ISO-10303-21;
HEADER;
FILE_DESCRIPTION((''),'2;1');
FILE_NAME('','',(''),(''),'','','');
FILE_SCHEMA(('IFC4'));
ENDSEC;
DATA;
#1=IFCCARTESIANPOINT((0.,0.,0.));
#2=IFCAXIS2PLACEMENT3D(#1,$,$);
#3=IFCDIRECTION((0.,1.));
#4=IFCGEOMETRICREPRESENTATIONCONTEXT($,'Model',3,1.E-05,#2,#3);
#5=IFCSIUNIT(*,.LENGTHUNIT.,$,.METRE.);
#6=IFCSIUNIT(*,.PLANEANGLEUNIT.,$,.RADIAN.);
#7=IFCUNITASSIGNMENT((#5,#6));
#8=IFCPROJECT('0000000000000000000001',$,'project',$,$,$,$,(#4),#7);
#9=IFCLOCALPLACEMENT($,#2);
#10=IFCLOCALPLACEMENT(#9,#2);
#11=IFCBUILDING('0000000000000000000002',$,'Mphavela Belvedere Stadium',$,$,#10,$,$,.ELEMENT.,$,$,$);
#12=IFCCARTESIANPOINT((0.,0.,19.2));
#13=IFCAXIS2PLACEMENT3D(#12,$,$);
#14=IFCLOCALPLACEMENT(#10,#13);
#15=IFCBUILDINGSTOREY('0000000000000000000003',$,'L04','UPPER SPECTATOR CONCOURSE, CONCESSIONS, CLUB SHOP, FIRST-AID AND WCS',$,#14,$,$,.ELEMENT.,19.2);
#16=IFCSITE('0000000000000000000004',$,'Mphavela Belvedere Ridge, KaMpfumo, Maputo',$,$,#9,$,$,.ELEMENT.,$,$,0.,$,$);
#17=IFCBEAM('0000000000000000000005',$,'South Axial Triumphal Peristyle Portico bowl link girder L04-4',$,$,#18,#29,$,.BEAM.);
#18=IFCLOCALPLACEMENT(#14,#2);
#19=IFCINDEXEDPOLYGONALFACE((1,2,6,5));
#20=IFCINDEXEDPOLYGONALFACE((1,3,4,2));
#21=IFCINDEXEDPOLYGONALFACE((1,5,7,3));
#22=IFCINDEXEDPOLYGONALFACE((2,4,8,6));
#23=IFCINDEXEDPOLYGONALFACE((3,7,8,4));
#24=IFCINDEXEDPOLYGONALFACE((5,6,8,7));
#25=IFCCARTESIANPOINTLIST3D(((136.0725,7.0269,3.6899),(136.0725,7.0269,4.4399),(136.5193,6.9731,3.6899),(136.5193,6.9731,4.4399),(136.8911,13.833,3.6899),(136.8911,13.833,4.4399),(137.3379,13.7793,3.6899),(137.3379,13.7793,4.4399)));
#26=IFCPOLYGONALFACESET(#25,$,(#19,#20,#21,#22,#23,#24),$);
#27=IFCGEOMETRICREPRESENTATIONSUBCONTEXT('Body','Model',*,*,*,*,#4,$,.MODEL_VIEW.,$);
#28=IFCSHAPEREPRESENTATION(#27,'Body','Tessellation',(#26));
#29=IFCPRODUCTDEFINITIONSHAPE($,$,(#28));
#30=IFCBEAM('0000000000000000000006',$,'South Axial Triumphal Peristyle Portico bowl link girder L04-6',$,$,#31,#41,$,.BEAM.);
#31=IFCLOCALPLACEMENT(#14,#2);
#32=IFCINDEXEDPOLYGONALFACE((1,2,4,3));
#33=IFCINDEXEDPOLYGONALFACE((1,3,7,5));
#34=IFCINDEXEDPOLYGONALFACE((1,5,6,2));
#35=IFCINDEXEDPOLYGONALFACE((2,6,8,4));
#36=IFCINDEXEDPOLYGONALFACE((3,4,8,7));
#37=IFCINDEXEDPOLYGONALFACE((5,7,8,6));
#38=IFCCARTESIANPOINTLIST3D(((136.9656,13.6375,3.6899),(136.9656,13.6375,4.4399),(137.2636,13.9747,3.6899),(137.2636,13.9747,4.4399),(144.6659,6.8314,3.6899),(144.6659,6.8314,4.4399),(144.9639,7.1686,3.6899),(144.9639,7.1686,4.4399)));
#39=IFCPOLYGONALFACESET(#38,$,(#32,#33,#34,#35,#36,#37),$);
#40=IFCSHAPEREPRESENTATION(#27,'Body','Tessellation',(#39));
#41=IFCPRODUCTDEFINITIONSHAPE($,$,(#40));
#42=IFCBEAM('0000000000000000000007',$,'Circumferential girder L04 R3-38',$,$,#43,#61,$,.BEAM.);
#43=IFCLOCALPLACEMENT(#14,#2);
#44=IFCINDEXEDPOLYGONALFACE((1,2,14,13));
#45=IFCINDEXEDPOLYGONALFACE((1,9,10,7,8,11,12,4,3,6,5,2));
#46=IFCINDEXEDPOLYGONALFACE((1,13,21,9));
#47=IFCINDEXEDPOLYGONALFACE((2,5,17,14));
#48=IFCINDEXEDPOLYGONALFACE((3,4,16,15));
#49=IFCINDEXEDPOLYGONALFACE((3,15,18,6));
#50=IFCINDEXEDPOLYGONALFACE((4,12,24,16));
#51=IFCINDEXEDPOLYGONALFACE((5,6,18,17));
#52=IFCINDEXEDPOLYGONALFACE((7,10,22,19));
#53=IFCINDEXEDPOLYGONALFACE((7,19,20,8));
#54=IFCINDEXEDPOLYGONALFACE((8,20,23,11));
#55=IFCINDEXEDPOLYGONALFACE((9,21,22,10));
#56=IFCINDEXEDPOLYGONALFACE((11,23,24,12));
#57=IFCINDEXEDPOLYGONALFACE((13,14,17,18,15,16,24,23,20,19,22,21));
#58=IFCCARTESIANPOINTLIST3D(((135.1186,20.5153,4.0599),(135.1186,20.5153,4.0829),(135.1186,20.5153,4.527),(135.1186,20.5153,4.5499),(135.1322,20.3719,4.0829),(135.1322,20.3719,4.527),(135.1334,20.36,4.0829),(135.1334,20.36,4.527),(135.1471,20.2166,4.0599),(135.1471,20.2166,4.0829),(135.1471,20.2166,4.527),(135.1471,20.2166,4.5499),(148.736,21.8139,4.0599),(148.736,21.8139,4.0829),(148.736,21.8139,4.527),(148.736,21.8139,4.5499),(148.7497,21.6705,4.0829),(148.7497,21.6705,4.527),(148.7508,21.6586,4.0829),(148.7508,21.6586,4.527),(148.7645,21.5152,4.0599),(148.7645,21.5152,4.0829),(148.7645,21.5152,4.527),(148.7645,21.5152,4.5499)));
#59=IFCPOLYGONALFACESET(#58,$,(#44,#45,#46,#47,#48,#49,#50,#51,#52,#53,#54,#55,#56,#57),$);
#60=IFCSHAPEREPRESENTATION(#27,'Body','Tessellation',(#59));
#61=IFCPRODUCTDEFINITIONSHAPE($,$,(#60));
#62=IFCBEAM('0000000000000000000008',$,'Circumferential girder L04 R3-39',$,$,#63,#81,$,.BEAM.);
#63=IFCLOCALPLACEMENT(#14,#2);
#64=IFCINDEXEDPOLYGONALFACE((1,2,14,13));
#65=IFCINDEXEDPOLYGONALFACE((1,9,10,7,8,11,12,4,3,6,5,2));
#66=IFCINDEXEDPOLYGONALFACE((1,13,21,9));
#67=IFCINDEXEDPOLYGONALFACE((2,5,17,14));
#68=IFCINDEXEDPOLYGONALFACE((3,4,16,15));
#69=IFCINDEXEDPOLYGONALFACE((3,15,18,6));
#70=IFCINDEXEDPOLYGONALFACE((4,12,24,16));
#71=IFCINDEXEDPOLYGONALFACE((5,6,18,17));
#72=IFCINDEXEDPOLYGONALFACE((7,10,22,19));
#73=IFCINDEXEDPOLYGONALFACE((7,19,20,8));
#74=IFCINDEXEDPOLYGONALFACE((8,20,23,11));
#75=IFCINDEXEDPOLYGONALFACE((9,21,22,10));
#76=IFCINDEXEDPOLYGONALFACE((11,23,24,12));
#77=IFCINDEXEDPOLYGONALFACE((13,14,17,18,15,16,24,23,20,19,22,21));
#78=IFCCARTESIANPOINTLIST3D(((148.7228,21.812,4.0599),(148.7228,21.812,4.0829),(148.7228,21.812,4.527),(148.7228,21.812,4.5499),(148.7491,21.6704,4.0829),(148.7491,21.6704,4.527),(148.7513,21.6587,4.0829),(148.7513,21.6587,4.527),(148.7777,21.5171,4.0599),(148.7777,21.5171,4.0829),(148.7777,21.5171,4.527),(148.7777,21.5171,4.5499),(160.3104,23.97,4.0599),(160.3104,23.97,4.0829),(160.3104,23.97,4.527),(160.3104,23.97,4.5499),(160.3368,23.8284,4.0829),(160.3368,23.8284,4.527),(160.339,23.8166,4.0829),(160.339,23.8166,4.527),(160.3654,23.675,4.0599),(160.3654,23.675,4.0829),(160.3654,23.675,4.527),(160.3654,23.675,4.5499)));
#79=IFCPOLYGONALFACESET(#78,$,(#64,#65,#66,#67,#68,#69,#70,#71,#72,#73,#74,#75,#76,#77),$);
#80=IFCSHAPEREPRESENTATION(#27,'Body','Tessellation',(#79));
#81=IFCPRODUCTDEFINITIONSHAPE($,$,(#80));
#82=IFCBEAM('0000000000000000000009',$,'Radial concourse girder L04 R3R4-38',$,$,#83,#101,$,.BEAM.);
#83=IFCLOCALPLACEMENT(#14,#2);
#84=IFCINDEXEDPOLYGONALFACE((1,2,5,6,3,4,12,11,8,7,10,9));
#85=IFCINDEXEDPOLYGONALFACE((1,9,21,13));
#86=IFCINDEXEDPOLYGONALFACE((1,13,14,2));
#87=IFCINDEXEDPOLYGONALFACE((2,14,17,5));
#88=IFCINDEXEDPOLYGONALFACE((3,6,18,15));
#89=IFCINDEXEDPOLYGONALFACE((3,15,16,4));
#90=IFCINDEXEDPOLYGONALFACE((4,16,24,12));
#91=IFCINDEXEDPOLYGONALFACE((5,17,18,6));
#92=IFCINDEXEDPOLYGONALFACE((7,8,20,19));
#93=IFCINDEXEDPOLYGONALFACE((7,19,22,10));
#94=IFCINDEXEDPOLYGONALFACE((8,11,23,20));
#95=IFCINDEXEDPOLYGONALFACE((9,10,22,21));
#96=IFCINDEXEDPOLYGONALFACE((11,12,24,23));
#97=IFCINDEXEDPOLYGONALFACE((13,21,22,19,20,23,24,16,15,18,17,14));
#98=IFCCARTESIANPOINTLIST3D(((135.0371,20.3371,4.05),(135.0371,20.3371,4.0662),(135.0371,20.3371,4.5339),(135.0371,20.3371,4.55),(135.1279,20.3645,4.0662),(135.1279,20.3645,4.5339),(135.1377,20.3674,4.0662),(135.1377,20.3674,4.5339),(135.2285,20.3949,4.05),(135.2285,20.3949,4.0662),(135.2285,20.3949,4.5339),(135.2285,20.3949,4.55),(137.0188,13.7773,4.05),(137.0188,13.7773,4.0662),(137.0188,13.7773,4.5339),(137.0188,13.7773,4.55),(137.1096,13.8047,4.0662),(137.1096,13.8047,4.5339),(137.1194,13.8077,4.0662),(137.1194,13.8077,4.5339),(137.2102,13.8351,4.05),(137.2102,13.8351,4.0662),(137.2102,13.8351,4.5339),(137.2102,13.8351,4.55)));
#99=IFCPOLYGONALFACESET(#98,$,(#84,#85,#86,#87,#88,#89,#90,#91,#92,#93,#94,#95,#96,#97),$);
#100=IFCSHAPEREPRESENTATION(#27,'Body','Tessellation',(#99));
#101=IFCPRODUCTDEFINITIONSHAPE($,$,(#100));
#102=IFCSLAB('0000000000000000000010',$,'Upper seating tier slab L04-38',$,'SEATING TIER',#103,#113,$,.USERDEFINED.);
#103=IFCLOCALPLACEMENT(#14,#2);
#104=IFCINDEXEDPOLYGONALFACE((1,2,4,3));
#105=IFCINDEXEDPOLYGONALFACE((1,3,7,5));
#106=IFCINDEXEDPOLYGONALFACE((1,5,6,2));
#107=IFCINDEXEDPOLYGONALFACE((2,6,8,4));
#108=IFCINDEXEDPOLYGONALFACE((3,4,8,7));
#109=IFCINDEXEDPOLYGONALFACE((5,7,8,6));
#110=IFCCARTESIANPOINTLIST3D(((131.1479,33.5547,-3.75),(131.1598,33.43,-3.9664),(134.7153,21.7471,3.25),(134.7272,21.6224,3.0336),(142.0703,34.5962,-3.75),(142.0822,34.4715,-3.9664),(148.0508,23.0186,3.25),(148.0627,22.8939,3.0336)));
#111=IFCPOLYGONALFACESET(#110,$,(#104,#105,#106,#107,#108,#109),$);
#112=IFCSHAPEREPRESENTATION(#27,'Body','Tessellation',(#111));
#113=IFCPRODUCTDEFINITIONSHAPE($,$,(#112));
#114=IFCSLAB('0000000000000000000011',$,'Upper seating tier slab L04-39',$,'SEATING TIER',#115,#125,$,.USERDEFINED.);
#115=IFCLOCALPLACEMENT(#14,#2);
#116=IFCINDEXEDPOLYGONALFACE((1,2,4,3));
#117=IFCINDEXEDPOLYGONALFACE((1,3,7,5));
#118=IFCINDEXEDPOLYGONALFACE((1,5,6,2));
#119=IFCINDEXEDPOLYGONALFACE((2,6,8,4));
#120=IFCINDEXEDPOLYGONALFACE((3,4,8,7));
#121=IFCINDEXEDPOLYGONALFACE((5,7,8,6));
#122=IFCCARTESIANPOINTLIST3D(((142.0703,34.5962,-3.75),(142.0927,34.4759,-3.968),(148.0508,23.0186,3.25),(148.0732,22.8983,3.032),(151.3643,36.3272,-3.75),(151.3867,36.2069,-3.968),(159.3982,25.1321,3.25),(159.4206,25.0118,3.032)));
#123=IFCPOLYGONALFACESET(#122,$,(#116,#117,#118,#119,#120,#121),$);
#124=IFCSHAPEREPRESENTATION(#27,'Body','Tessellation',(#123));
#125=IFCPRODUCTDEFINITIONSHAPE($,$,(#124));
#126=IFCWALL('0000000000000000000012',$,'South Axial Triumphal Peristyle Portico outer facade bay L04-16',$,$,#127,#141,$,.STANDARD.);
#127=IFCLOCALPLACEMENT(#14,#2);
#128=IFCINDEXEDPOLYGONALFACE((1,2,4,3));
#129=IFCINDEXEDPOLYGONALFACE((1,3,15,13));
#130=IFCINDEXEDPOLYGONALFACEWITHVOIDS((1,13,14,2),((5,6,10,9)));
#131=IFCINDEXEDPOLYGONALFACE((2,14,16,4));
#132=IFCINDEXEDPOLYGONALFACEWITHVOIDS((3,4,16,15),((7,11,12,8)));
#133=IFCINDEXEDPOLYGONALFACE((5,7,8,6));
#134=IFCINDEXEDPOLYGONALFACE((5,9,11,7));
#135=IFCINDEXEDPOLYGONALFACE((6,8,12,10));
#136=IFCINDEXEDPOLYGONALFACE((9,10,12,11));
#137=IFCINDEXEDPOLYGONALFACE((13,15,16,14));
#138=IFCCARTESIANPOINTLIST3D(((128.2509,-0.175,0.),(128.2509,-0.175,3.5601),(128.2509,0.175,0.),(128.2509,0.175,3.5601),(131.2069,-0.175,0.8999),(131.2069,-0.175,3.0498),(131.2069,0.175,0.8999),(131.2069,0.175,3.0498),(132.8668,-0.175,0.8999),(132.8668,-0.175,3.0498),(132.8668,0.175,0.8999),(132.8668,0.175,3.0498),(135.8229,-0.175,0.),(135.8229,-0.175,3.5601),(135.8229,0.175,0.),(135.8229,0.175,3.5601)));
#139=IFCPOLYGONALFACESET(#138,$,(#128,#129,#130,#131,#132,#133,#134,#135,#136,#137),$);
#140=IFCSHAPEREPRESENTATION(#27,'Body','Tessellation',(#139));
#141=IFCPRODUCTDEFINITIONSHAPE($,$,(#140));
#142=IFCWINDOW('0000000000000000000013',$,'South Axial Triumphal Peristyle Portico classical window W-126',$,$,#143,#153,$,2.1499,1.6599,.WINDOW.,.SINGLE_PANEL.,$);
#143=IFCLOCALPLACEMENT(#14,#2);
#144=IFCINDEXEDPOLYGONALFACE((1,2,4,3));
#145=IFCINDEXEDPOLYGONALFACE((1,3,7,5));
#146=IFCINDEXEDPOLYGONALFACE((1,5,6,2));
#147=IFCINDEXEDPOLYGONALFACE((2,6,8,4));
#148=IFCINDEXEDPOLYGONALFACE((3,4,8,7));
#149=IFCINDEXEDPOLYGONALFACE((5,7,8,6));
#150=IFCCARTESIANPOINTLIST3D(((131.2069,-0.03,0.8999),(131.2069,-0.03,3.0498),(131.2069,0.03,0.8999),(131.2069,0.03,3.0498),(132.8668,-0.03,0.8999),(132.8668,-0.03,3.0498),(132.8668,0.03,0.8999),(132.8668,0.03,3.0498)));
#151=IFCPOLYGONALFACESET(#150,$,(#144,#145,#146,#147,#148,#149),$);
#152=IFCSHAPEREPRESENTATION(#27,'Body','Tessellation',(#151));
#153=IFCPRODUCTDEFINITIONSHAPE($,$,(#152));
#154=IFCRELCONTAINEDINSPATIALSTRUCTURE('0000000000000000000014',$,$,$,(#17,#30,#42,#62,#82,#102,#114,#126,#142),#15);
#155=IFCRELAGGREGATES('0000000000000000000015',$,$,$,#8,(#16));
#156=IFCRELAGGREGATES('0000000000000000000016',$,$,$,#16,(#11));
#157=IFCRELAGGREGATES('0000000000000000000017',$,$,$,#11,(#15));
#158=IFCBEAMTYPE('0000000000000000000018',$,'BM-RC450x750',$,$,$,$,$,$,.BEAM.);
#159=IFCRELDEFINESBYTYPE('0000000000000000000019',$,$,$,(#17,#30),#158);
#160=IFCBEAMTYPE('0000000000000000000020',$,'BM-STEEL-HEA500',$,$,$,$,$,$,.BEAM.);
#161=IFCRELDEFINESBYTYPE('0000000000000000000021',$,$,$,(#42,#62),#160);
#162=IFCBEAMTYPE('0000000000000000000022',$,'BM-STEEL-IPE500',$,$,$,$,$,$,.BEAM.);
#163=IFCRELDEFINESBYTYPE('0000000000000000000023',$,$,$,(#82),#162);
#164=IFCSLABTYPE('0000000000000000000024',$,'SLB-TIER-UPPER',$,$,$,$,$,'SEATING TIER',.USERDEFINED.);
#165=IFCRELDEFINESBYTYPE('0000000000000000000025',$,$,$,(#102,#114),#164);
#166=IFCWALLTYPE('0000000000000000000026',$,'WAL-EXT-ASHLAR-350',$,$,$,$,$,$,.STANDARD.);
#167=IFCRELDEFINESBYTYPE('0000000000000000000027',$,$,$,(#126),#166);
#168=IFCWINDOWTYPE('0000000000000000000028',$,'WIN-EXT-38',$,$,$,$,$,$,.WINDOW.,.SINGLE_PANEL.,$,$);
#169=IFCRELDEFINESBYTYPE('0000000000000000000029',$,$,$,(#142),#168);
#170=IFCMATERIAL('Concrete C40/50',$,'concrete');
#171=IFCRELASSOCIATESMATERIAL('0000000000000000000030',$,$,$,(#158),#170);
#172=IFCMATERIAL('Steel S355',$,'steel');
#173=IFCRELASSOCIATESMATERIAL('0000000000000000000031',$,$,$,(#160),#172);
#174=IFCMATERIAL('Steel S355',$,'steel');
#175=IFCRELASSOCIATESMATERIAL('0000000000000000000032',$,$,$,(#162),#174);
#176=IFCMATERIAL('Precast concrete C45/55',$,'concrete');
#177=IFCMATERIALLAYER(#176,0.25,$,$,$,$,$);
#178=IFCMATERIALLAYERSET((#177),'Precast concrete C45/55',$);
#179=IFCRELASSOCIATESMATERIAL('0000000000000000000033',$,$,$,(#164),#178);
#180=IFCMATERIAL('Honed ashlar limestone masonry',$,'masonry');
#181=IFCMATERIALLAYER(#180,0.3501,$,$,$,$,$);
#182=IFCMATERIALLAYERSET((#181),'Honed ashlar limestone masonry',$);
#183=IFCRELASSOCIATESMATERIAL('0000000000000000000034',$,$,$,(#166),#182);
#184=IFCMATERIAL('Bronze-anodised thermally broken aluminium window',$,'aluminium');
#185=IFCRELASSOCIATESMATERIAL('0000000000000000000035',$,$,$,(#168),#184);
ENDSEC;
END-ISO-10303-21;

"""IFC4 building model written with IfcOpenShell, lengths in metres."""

from ifc_helpers import new_model, si_unit, direction, frame, frame_2d, origin, origin_2d, place, context, subcontext, project, spatial, polyline, rectangle, i_section, outline, extrude, material, layer, layer_set, material_profile, profile_set, type_object, element, fill, save


model = new_model("IFC4")

# Units and contexts
model_context = context("Model", 3, precision=1e-05, world=origin(), true_north=direction((0.0, 1.0)))
body_context = subcontext(model_context, "Body", "Model", "MODEL_VIEW")
ifc_project = project(units=[si_unit("LENGTHUNIT", "METRE"), si_unit("PLANEANGLEUNIT", "RADIAN")], contexts=[model_context])

# Site, building, storey
site_placement = place(None, origin())
site = spatial("IfcSite", under=ifc_project, at=site_placement, Name="Mphavela Belvedere Ridge, KaMpfumo, Maputo", CompositionType="ELEMENT", RefElevation=0.0)
building_placement = place(site_placement, origin())
building = spatial("IfcBuilding", under=site, at=building_placement, Name="Mphavela Belvedere Stadium", CompositionType="ELEMENT")
storey_placement = place(building_placement, frame((0.0, 0.0, 19.2)))
storey = spatial("IfcBuildingStorey", under=building, at=storey_placement, Name="L04", Description="UPPER SPECTATOR CONCOURSE, CONCESSIONS, CLUB SHOP, FIRST-AID AND WCS", CompositionType="ELEMENT", Elevation=19.2)

# Beams
ifc_material_1 = material(Name="Concrete C40/50", Category="concrete")
ifc_material_profile_1 = material_profile(ifc_material_1, rectangle(XDim=0.45, YDim=0.75, at=origin_2d()), Name="RC 450x750")
ifc_profile_set_1 = profile_set([ifc_material_profile_1], Name="Concrete C40/50")
beam_type_1 = type_object("IfcBeamType", Name="BM-RC450x750", PredefinedType="BEAM", material=ifc_profile_set_1)
beam_1_placement = place(storey_placement, frame((136.2959, 7.0, 4.0649), z_axis=(0.119413, 0.992845, 0.0), x_axis=(-0.992845, 0.119413, 0.0)))
element("IfcBeam", 1, at=beam_1_placement, inside=storey, type_object=beam_type_1, Name="South Axial Triumphal Peristyle Portico bowl link girder L04-4", PredefinedType="BEAM", context=body_context, shape_type="SweptSolid", body=[
    extrude(rectangle(XDim=0.45, YDim=0.75, at=origin_2d()), origin(), (0.0, 0.0, 1.0), 6.8552),
])
beam_2_placement = place(storey_placement, frame((144.8149, 7.0, 4.0649), z_axis=(-0.749275, 0.662259, 0.0), x_axis=(-0.662259, -0.749275, 0.0)))
element("IfcBeam", 2, at=beam_2_placement, inside=storey, type_object=beam_type_1, Name="South Axial Triumphal Peristyle Portico bowl link girder L04-6", PredefinedType="BEAM", context=body_context, shape_type="SweptSolid", body=[
    extrude(rectangle(XDim=0.45, YDim=0.75, at=origin_2d()), origin(), (0.0, 0.0, 1.0), 10.2771),
])
ifc_material_2 = material(Name="Steel S355", Category="steel")
ifc_material_profile_2 = material_profile(ifc_material_2, i_section(OverallWidth=0.3, OverallDepth=0.49, WebThickness=0.012, FlangeThickness=0.0229, at=origin_2d()), Name="HEA 500")
ifc_profile_set_2 = profile_set([ifc_material_profile_2], Name="Steel S355")
beam_type_2 = type_object("IfcBeamType", Name="BM-STEEL-HEA500", PredefinedType="BEAM", material=ifc_profile_set_2)
beam_3_placement = place(storey_placement, frame((135.1328, 20.366, 4.3049), z_axis=(0.995484, 0.094931, 0.0), x_axis=(-0.094931, 0.995484, 0.0)))
element("IfcBeam", 3, at=beam_3_placement, inside=storey, type_object=beam_type_2, Name="Circumferential girder L04 R3-38", PredefinedType="BEAM", context=body_context, shape_type="SweptSolid", body=[
    extrude(i_section(OverallWidth=0.3, OverallDepth=0.49, WebThickness=0.012, FlangeThickness=0.0229, at=origin_2d()), origin(), (0.0, 0.0, 1.0), 13.6792),
])
beam_4_placement = place(storey_placement, frame((148.7502, 21.6646, 4.3049), z_axis=(0.983098, 0.183082, 0.0), x_axis=(-0.183082, 0.983098, 0.0)))
element("IfcBeam", 4, at=beam_4_placement, inside=storey, type_object=beam_type_2, Name="Circumferential girder L04 R3-39", PredefinedType="BEAM", context=body_context, shape_type="SweptSolid", body=[
    extrude(i_section(OverallWidth=0.3, OverallDepth=0.49, WebThickness=0.012, FlangeThickness=0.0229, at=origin_2d()), origin(), (0.0, 0.0, 1.0), 11.7869),
])
ifc_material_3 = material(Name="Steel S355", Category="steel")
ifc_material_profile_3 = material_profile(ifc_material_3, i_section(OverallWidth=0.2, OverallDepth=0.5, WebThickness=0.0103, FlangeThickness=0.0161, at=origin_2d()), Name="IPE 500")
ifc_profile_set_3 = profile_set([ifc_material_profile_3], Name="Steel S355")
beam_type_3 = type_object("IfcBeamType", Name="BM-STEEL-IPE500", PredefinedType="BEAM", material=ifc_profile_set_3)
beam_5_placement = place(storey_placement, frame((135.1328, 20.366, 4.3), z_axis=(0.289188, -0.957272, 0.0), x_axis=(0.957272, 0.289188, 0.0)))
element("IfcBeam", 5, at=beam_5_placement, inside=storey, type_object=beam_type_3, Name="Radial concourse girder L04 R3R4-38", PredefinedType="BEAM", context=body_context, shape_type="SweptSolid", body=[
    extrude(i_section(OverallWidth=0.2, OverallDepth=0.5, WebThickness=0.0103, FlangeThickness=0.0161, at=origin_2d()), origin(), (0.0, 0.0, 1.0), 6.8525),
])

# Slabs
ifc_material_4 = material(Name="Precast concrete C45/55", Category="concrete")
ifc_layer_1 = layer(ifc_material_4, 0.25)
ifc_layer_set_1 = layer_set([ifc_layer_1], Name="Precast concrete C45/55")
slab_type = type_object("IfcSlabType", Name="SLB-TIER-UPPER", ElementType="SEATING TIER", PredefinedType="USERDEFINED", material=ifc_layer_set_1)
slab_1_placement = place(storey_placement, frame((131.1479, 33.5547, -3.75), z_axis=(-0.047552, 0.49871, 0.865463), x_axis=(0.995485, 0.094923, -0.000002)))
element("IfcSlab", 6, at=slab_1_placement, inside=storey, type_object=slab_type, Name="Upper seating tier slab L04-38", ObjectType="SEATING TIER", PredefinedType="USERDEFINED", context=body_context, shape_type="SweptSolid", body=[
    extrude(outline(polyline([(0.0, 0.0), (10.9719, 0.0), (15.8264, -13.9729), (2.4304, -13.9728), (0.0, 0.0)])), origin(), (0.0, 0.0, -1.0), 0.25),
])
slab_2_placement = place(storey_placement, frame((142.0703, 34.5962, -3.75), z_axis=(-0.089591, 0.48102, 0.87212), x_axis=(0.983095, 0.183098, 0.000002)))
element("IfcSlab", 7, at=slab_2_placement, inside=storey, type_object=slab_type, Name="Upper seating tier slab L04-39", ObjectType="SEATING TIER", PredefinedType="USERDEFINED", context=body_context, shape_type="SweptSolid", body=[
    extrude(outline(polyline([(0.0, 0.0), (9.4538, 0.0), (15.3021, -14.3063), (3.7595, -14.3064), (0.0, 0.0)])), origin(), (0.0, 0.0, -1.0), 0.25),
])

# Wall, opening, window
ifc_material_5 = material(Name="Honed ashlar limestone masonry", Category="masonry")
ifc_layer_2 = layer(ifc_material_5, 0.3501)
ifc_layer_set_2 = layer_set([ifc_layer_2], Name="Honed ashlar limestone masonry")
wall_type_1 = type_object("IfcWallType", Name="WAL-EXT-ASHLAR-350", PredefinedType="STANDARD", material=ifc_layer_set_2)
wall_1_placement = place(storey_placement, frame((135.823, 0.0, 0.0), z_axis=(0.0, 0.0, 1.0), x_axis=(-1.0, 0.0, 0.0)))
wall_1 = element("IfcWall", 8, at=wall_1_placement, inside=storey, type_object=wall_type_1, Name="South Axial Triumphal Peristyle Portico outer facade bay L04-16", PredefinedType="STANDARD", context=body_context, shape_type="SweptSolid", body=[
    extrude(rectangle(XDim=7.572, YDim=0.3501, at=frame_2d((3.7861, 0.0))), origin(), (0.0, 0.0, 1.0), 3.5601),
])
opening_1_placement = place(wall_1_placement, frame((2.9561, 0.0, 0.8999)))
opening_1 = element("IfcOpeningElement", 9, at=opening_1_placement, cuts=wall_1, PredefinedType="OPENING", context=body_context, shape_type="SweptSolid", body=[
    extrude(rectangle(XDim=1.6599, YDim=2.1499, at=frame_2d((0.8301, 1.075))), frame((0.0, 0.1851, 0.0), z_axis=(0.0, -1.0, 0.0), x_axis=(1.0, 0.0, 0.0)), (0.0, 0.0, 1.0), 0.3701),
])
ifc_material_6 = material(Name="Bronze-anodised thermally broken aluminium window", Category="aluminium")
window_type_1 = type_object("IfcWindowType", Name="WIN-EXT-38", PartitioningType="SINGLE_PANEL", PredefinedType="WINDOW", material=ifc_material_6)
window_1_placement = place(opening_1_placement, origin())
window_1 = element("IfcWindow", 10, at=window_1_placement, inside=storey, type_object=window_type_1, Name="South Axial Triumphal Peristyle Portico classical window W-126", OverallHeight=2.1499, OverallWidth=1.6599, PartitioningType="SINGLE_PANEL", PredefinedType="WINDOW", context=body_context, shape_type="SweptSolid", body=[
    extrude(rectangle(XDim=1.6599, YDim=2.1499, at=frame_2d((0.8301, 1.075))), frame((0.0, 0.03, 0.0), z_axis=(0.0, -1.0, 0.0), x_axis=(1.0, 0.0, 0.0)), (0.0, 0.0, 1.0), 0.0601),
])
fill(opening_1, window_1)

save(model, "model.ifc")
